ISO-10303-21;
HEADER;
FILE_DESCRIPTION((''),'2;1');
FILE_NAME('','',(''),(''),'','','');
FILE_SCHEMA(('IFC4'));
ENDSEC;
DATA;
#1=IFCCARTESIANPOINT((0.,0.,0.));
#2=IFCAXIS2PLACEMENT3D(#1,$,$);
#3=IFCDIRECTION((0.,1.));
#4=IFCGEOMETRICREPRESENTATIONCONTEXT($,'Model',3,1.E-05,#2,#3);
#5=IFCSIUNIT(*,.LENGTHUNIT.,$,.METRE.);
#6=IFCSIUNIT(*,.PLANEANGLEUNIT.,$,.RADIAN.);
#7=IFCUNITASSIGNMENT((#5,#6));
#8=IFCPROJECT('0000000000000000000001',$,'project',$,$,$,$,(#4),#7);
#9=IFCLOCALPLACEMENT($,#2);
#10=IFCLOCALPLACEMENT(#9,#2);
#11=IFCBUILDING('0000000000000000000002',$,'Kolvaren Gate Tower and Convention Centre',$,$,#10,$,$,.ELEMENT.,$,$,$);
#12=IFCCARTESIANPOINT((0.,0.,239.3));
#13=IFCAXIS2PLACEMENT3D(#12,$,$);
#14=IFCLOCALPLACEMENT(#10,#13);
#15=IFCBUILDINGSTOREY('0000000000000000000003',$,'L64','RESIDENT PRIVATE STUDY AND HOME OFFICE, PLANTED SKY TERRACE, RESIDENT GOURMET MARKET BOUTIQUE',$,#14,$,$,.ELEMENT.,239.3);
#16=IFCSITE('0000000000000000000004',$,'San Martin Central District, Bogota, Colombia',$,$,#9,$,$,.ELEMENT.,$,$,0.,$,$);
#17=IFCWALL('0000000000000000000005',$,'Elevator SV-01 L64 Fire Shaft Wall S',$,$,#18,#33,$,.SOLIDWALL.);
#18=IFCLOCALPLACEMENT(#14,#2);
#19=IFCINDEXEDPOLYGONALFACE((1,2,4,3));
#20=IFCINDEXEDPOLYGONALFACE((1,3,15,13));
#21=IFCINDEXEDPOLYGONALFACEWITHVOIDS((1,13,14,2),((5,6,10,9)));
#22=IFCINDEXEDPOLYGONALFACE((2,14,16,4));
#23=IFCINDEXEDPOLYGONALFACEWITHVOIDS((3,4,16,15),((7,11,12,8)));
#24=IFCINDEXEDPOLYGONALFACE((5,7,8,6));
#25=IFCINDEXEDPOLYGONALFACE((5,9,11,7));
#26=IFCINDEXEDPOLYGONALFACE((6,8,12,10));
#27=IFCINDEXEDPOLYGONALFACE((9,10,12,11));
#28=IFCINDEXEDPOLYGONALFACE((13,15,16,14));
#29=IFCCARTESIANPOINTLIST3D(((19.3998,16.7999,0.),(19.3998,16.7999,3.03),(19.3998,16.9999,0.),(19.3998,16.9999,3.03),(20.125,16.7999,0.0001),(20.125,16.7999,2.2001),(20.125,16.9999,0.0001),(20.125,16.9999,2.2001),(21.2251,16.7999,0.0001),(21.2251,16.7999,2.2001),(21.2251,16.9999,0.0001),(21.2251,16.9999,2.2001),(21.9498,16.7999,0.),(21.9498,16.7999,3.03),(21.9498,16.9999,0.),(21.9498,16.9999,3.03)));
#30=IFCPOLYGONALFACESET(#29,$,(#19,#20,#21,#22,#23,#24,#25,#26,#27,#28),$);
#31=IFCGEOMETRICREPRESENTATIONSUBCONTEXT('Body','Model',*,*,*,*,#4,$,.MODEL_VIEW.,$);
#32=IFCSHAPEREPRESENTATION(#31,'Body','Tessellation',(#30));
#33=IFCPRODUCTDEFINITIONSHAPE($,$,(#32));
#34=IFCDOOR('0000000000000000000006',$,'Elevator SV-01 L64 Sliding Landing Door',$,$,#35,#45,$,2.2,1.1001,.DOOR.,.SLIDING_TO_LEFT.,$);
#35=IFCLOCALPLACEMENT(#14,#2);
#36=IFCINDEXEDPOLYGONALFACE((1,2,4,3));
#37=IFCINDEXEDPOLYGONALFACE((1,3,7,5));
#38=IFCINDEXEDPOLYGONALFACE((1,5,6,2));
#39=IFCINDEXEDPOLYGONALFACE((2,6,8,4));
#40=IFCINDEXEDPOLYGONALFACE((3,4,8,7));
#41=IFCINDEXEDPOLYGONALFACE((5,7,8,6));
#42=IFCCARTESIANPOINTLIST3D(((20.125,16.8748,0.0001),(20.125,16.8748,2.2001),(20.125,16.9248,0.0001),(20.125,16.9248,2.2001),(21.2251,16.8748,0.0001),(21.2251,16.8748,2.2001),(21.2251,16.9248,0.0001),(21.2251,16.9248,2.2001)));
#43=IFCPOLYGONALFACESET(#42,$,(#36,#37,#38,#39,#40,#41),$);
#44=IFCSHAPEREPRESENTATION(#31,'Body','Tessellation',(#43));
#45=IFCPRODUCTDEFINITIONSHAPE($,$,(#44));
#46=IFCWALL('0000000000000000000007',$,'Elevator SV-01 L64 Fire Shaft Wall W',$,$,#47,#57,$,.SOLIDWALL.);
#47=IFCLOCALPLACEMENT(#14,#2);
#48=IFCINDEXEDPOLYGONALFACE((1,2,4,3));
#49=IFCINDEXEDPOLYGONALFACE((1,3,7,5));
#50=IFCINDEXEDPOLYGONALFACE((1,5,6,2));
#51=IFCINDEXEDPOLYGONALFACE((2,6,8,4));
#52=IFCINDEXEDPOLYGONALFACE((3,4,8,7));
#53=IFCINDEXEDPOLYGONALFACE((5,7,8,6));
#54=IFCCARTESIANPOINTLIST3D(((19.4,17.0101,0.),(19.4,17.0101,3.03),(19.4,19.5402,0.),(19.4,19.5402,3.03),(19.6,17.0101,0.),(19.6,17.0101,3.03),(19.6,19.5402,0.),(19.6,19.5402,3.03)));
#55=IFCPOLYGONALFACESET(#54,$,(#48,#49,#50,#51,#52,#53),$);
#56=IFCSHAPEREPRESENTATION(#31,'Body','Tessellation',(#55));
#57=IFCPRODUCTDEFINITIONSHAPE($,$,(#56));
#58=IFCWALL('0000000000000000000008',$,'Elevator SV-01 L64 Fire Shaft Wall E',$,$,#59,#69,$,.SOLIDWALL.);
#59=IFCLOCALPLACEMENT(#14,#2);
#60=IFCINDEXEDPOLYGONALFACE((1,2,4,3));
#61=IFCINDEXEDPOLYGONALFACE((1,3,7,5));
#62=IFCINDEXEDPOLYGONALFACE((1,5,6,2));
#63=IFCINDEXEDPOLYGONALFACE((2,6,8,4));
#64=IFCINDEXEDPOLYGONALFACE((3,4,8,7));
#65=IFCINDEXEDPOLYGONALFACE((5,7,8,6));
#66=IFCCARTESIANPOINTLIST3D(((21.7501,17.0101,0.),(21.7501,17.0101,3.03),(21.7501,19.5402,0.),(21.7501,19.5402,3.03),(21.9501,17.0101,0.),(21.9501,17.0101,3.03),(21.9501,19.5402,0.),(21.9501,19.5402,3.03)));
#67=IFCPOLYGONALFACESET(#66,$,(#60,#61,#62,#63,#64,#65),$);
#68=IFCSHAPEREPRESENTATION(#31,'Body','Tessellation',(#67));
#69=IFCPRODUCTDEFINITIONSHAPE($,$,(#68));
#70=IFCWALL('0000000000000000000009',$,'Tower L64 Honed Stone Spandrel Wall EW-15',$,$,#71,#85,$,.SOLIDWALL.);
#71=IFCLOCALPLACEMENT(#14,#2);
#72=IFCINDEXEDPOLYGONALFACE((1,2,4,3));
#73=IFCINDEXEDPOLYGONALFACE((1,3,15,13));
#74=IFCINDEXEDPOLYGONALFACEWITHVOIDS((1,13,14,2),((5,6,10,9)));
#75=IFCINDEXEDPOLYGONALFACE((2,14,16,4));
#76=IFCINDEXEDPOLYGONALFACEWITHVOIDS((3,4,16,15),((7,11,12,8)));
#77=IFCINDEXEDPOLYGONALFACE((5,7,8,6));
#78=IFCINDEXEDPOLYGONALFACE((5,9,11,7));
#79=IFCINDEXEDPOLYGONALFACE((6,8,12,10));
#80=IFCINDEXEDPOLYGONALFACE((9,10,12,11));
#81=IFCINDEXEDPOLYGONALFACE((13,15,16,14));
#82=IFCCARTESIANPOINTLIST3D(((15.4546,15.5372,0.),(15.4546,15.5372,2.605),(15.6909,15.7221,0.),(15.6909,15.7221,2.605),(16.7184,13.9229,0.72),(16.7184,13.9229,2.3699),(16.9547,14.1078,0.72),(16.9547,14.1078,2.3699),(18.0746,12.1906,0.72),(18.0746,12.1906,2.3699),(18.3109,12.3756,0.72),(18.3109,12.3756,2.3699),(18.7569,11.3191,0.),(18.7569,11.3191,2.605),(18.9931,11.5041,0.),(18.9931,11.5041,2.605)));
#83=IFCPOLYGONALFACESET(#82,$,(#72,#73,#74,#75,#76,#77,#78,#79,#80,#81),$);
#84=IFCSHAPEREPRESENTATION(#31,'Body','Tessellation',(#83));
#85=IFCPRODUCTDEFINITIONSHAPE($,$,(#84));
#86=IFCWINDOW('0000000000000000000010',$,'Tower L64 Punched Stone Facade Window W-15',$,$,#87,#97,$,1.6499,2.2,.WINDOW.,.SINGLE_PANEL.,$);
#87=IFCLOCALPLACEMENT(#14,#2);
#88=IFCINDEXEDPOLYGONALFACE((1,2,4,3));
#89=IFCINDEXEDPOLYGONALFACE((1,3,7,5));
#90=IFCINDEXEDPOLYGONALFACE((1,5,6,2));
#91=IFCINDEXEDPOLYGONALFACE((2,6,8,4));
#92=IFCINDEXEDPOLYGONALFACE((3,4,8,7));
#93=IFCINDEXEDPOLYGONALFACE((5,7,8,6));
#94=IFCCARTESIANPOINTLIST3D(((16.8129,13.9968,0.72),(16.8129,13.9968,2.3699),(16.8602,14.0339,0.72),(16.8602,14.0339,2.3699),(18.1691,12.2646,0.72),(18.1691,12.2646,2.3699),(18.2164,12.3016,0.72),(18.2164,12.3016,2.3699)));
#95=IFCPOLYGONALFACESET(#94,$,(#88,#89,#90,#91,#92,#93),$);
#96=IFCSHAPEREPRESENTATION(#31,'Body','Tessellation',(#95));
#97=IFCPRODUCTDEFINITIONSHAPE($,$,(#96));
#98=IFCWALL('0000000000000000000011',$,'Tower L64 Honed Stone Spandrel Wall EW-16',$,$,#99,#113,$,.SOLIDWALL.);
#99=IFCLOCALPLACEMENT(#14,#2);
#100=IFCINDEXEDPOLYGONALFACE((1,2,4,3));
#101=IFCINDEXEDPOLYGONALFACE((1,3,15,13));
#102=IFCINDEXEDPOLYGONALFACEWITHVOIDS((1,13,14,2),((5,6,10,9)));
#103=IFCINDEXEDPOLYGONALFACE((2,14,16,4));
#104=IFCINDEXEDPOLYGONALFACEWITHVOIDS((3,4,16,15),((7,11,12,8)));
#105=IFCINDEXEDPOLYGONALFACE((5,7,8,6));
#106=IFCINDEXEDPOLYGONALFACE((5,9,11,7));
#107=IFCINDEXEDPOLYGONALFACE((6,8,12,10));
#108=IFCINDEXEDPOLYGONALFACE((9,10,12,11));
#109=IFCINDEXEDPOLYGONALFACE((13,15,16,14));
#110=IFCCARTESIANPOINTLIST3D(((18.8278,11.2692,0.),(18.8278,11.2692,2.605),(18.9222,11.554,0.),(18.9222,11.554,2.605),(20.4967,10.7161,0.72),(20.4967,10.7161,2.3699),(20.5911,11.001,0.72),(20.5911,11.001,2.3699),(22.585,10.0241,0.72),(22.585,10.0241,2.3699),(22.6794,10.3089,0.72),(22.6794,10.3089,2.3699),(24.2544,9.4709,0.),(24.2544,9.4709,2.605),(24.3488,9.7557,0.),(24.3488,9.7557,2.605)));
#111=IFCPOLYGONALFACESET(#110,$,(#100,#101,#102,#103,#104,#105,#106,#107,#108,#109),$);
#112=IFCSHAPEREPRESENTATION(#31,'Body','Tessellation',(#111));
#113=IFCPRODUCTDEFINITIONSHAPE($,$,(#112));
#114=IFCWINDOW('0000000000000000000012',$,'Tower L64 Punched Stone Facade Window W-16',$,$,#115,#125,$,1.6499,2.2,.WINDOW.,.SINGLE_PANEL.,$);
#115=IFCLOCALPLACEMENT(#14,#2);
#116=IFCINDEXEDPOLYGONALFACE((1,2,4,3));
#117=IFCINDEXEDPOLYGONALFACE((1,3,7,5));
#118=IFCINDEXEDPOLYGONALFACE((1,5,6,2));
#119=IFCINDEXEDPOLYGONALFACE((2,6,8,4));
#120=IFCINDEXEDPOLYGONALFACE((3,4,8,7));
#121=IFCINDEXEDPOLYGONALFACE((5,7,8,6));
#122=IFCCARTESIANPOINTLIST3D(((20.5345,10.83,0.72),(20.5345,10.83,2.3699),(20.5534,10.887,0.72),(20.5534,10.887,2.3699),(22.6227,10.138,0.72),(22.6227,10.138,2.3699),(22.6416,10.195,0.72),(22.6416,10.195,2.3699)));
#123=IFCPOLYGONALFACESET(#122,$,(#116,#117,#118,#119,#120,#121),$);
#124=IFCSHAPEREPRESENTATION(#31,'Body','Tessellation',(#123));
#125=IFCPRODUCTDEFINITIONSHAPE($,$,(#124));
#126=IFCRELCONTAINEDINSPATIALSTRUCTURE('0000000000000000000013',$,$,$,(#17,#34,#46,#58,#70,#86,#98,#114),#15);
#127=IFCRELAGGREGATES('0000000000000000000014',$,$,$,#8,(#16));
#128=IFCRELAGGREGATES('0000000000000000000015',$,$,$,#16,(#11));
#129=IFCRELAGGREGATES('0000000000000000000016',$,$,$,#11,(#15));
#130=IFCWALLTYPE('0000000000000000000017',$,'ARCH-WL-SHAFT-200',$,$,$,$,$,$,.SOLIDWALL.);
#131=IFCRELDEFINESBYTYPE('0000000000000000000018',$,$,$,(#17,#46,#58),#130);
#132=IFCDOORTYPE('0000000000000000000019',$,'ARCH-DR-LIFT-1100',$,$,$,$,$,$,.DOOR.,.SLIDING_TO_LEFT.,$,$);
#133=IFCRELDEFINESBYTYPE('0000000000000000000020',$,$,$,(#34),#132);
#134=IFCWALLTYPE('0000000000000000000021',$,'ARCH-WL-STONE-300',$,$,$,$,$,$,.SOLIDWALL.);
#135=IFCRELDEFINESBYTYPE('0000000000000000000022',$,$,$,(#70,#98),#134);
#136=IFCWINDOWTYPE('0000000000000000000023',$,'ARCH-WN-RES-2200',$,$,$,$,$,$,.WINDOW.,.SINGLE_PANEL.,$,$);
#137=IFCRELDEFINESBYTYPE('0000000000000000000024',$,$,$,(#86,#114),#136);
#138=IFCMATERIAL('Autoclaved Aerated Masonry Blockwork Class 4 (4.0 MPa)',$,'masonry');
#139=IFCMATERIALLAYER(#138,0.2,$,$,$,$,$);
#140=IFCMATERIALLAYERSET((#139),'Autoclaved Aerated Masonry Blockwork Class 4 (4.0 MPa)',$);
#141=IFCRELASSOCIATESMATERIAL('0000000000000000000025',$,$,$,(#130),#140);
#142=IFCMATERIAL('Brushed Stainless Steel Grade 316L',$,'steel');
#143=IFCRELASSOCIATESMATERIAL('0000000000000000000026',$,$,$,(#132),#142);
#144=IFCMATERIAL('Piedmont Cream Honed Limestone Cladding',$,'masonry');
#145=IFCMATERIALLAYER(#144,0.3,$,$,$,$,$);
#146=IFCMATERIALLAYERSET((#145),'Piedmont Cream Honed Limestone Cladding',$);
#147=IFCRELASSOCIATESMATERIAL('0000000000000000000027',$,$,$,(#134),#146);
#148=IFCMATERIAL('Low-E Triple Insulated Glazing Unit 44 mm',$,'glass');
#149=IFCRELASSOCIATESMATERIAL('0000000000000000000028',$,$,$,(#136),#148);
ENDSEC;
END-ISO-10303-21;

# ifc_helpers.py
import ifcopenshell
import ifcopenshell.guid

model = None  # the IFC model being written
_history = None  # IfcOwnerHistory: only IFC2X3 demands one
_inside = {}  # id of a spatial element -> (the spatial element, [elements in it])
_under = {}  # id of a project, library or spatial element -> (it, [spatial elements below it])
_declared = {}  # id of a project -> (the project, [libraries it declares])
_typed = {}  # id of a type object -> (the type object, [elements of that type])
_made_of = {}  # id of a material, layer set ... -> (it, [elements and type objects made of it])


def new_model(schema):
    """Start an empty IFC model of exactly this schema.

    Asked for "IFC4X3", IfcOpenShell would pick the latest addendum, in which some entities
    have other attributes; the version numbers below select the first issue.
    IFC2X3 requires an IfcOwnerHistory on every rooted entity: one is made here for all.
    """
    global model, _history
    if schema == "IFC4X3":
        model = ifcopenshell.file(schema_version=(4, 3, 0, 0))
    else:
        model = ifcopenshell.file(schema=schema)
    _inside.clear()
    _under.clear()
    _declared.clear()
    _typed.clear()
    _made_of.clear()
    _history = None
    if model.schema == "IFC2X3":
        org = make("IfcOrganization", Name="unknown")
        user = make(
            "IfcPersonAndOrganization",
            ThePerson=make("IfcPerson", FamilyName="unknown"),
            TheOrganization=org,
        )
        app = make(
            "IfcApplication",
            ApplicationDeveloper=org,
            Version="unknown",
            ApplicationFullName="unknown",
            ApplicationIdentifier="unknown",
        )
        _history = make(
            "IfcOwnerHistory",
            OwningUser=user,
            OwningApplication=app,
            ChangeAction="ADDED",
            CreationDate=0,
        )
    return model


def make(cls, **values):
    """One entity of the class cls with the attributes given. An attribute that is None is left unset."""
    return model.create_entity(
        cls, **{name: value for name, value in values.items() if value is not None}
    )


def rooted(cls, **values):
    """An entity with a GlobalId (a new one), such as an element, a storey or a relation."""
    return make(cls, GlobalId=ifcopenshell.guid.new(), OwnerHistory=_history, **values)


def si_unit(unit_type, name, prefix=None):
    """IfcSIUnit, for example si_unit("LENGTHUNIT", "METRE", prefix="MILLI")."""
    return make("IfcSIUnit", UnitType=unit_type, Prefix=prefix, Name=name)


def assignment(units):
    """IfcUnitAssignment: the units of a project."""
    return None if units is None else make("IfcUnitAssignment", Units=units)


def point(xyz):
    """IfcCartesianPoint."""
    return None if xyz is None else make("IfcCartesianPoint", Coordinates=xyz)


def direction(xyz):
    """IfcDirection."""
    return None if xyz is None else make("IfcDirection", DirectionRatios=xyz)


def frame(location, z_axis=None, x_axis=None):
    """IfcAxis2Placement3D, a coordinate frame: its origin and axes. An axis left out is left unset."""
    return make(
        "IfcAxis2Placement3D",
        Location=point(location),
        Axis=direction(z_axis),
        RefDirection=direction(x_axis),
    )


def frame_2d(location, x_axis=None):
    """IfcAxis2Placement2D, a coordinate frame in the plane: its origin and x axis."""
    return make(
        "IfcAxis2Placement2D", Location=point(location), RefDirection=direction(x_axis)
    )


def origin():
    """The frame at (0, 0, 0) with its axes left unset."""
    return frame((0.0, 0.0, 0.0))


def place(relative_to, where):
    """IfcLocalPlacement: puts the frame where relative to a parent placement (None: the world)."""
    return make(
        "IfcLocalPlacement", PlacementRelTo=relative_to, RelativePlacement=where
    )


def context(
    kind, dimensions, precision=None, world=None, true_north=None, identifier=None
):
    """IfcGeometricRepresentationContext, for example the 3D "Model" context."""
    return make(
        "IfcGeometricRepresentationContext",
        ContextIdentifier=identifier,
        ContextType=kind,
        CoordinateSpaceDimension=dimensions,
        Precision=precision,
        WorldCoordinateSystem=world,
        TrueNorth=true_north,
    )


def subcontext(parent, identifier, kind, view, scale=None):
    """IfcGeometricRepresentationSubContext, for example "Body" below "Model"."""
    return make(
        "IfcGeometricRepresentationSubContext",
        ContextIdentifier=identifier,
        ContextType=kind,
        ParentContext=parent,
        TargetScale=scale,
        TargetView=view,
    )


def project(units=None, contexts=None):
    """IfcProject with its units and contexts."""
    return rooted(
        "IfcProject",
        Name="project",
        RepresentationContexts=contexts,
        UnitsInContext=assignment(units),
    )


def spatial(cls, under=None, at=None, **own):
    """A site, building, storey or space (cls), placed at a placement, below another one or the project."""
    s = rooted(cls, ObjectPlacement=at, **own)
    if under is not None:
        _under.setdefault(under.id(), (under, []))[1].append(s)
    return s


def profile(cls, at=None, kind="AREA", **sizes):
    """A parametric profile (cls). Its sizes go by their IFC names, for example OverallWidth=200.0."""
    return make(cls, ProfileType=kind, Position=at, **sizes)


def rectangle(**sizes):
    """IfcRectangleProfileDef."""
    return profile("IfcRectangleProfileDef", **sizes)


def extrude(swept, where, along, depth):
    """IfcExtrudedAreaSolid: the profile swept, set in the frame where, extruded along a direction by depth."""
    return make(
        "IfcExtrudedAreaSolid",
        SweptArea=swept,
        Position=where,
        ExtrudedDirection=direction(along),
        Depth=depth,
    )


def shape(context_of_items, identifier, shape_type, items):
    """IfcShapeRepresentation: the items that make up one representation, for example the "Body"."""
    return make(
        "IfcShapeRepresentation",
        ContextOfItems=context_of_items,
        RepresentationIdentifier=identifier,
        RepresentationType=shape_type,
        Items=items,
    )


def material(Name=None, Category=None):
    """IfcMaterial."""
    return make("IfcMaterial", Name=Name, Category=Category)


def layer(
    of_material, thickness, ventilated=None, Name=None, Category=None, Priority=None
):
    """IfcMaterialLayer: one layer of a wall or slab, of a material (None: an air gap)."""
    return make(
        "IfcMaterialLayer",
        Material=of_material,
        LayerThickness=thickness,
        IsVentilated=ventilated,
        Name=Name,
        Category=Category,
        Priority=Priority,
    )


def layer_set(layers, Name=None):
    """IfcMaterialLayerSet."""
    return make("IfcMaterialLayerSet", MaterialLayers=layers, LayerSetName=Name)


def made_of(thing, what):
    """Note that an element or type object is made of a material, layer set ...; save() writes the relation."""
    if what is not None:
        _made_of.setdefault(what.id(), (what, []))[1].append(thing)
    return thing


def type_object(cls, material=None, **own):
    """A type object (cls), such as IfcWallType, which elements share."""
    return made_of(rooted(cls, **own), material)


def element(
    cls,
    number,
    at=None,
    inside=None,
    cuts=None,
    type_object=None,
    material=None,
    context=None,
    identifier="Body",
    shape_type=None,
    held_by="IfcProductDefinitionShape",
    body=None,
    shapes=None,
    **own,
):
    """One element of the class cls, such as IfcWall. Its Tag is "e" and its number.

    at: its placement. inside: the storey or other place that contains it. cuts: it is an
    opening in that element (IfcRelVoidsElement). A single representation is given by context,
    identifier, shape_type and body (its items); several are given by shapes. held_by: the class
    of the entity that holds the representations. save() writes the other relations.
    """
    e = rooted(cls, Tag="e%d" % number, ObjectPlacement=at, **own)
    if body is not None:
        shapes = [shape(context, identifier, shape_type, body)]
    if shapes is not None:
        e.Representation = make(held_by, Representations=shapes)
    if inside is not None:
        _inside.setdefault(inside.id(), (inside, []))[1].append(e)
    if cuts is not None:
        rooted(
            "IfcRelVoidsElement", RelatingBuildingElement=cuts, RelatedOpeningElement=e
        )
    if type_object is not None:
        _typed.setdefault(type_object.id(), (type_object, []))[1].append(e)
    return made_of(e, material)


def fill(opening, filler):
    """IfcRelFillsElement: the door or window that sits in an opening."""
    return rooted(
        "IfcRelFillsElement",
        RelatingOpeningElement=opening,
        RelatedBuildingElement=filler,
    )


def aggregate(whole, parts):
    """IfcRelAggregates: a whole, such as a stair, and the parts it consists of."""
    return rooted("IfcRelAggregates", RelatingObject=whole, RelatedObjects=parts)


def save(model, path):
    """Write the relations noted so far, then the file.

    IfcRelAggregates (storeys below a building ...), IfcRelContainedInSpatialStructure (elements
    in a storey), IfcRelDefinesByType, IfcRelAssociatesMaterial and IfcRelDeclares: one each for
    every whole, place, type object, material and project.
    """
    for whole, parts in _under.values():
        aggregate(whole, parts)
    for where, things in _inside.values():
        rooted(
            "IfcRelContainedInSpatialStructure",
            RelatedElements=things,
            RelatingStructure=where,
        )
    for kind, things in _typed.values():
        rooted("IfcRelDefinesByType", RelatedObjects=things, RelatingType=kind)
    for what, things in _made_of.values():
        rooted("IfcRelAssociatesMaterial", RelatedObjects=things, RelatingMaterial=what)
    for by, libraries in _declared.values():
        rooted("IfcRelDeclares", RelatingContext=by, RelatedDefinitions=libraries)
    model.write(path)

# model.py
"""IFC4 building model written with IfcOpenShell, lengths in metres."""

from ifc_helpers import new_model, si_unit, direction, frame, frame_2d, origin, place, context, subcontext, project, spatial, rectangle, extrude, material, layer, layer_set, type_object, element, fill, save


model = new_model("IFC4")

# Units and contexts
model_context = context("Model", 3, precision=1e-05, world=origin(), true_north=direction((0.0, 1.0)))
body_context = subcontext(model_context, "Body", "Model", "MODEL_VIEW")
ifc_project = project(units=[si_unit("LENGTHUNIT", "METRE"), si_unit("PLANEANGLEUNIT", "RADIAN")], contexts=[model_context])

# Site, building, storey
site_placement = place(None, origin())
site = spatial("IfcSite", under=ifc_project, at=site_placement, Name="San Martin Central District, Bogota, Colombia", CompositionType="ELEMENT", RefElevation=0.0)
building_placement = place(site_placement, origin())
building = spatial("IfcBuilding", under=site, at=building_placement, Name="Kolvaren Gate Tower and Convention Centre", CompositionType="ELEMENT")
storey_placement = place(building_placement, frame((0.0, 0.0, 239.3)))
storey = spatial("IfcBuildingStorey", under=building, at=storey_placement, Name="L64", Description="RESIDENT PRIVATE STUDY AND HOME OFFICE, PLANTED SKY TERRACE, RESIDENT GOURMET MARKET BOUTIQUE", CompositionType="ELEMENT", Elevation=239.3)

# Shared definitions
ifc_material_1 = material(Name="Piedmont Cream Honed Limestone Cladding", Category="masonry")

# Wall, opening, door
ifc_material_2 = material(Name="Autoclaved Aerated Masonry Blockwork Class 4 (4.0 MPa)", Category="masonry")
ifc_layer_1 = layer(ifc_material_2, 0.2)
ifc_layer_set_1 = layer_set([ifc_layer_1], Name="Autoclaved Aerated Masonry Blockwork Class 4 (4.0 MPa)")
wall_type_1 = type_object("IfcWallType", Name="ARCH-WL-SHAFT-200", PredefinedType="SOLIDWALL", material=ifc_layer_set_1)
wall_1_placement = place(storey_placement, frame((19.3999, 16.8999, 0.0), z_axis=(0.0, 0.0, 1.0), x_axis=(1.0, 0.0, 0.0)))
wall_1 = element("IfcWall", 1, at=wall_1_placement, inside=storey, type_object=wall_type_1, Name="Elevator SV-01 L64 Fire Shaft Wall S", PredefinedType="SOLIDWALL", context=body_context, shape_type="SweptSolid", body=[
    extrude(rectangle(XDim=2.55, YDim=0.2, at=frame_2d((1.2749, 0.0))), origin(), (0.0, 0.0, 1.0), 3.03),
])
opening_1_placement = place(wall_1_placement, frame((0.7251, 0.0, 0.0)))
opening_1 = element("IfcOpeningElement", 2, at=opening_1_placement, cuts=wall_1, PredefinedType="OPENING", context=body_context, shape_type="SweptSolid", body=[
    extrude(rectangle(XDim=1.1001, YDim=2.2, at=frame_2d((0.55, 1.1001))), frame((0.0, 0.1099, 0.0), z_axis=(0.0, -1.0, 0.0), x_axis=(1.0, 0.0, 0.0)), (0.0, 0.0, 1.0), 0.22),
])
ifc_material_3 = material(Name="Brushed Stainless Steel Grade 316L", Category="steel")
door_type = type_object("IfcDoorType", Name="ARCH-DR-LIFT-1100", OperationType="SLIDING_TO_LEFT", PredefinedType="DOOR", material=ifc_material_3)
door_placement = place(opening_1_placement, origin())
door = element("IfcDoor", 3, at=door_placement, inside=storey, type_object=door_type, Name="Elevator SV-01 L64 Sliding Landing Door", OperationType="SLIDING_TO_LEFT", OverallHeight=2.2, OverallWidth=1.1001, PredefinedType="DOOR", context=body_context, shape_type="SweptSolid", body=[
    extrude(rectangle(XDim=1.1001, YDim=2.2, at=frame_2d((0.55, 1.1001))), frame((0.0, 0.0249, 0.0), z_axis=(0.0, -1.0, 0.0), x_axis=(1.0, 0.0, 0.0)), (0.0, 0.0, 1.0), 0.05),
])
fill(opening_1, door)

# Walls
for number, where, z_axis, x_axis, name in (
    (4, (19.5, 17.01, 0.0), (0.0, 0.0, 1.0), (0.0, 1.0, 0.0), "Elevator SV-01 L64 Fire Shaft Wall W"),
    (5, (21.8501, 17.01, 0.0), (0.0, 0.0, 1.0), (0.0, 1.0, 0.0), "Elevator SV-01 L64 Fire Shaft Wall E"),
):
    element("IfcWall", number, at=place(storey_placement, frame(where, z_axis=z_axis, x_axis=x_axis)), inside=storey, type_object=wall_type_1, Name=name, PredefinedType="SOLIDWALL", context=body_context, shape_type="SweptSolid", body=[
        extrude(rectangle(XDim=2.53, YDim=0.2, at=frame_2d((1.2651, 0.0))), origin(), (0.0, 0.0, 1.0), 3.03),
    ])

# Walls, openings, windows
ifc_layer_2 = layer(ifc_material_1, 0.3)
ifc_layer_set_2 = layer_set([ifc_layer_2], Name="Piedmont Cream Honed Limestone Cladding")
wall_type_2 = type_object("IfcWallType", Name="ARCH-WL-STONE-300", PredefinedType="SOLIDWALL", material=ifc_layer_set_2)
wall_2_placement = place(storey_placement, frame((15.5728, 15.6296, 0.0), z_axis=(0.0, 0.0, 1.0), x_axis=(0.616446, -0.787397, 0.0)))
wall_2 = element("IfcWall", 6, at=wall_2_placement, inside=storey, type_object=wall_type_2, Name="Tower L64 Honed Stone Spandrel Wall EW-15", PredefinedType="SOLIDWALL", context=body_context, shape_type="SweptSolid", body=[
    extrude(rectangle(XDim=5.3569, YDim=0.3, at=frame_2d((2.6785, 0.0))), origin(), (0.0, 0.0, 1.0), 2.605),
])
opening_2_placement = place(wall_2_placement, frame((2.05, 0.0, 0.72)))
opening_2 = element("IfcOpeningElement", 7, at=opening_2_placement, cuts=wall_2, PredefinedType="OPENING", context=body_context, shape_type="SweptSolid", body=[
    extrude(rectangle(XDim=2.2, YDim=1.6499, at=frame_2d((1.1001, 0.825))), frame((0.0, 0.1599, 0.0), z_axis=(0.0, -1.0, 0.0), x_axis=(1.0, 0.0, 0.0)), (0.0, 0.0, 1.0), 0.3201),
])
ifc_material_4 = material(Name="Low-E Triple Insulated Glazing Unit 44 mm", Category="glass")
window_type = type_object("IfcWindowType", Name="ARCH-WN-RES-2200", PartitioningType="SINGLE_PANEL", PredefinedType="WINDOW", material=ifc_material_4)
window_1_placement = place(opening_2_placement, origin())
window_1 = element("IfcWindow", 8, at=window_1_placement, inside=storey, type_object=window_type, Name="Tower L64 Punched Stone Facade Window W-15", OverallHeight=1.6499, OverallWidth=2.2, PartitioningType="SINGLE_PANEL", PredefinedType="WINDOW", context=body_context, shape_type="SweptSolid", body=[
    extrude(rectangle(XDim=2.2, YDim=1.6499, at=frame_2d((1.1001, 0.825))), frame((0.0, 0.03, 0.0), z_axis=(0.0, -1.0, 0.0), x_axis=(1.0, 0.0, 0.0)), (0.0, 0.0, 1.0), 0.0601),
])
fill(opening_2, window_1)
wall_3_placement = place(storey_placement, frame((18.875, 11.4116, 0.0), z_axis=(0.0, 0.0, 1.0), x_axis=(0.949233, -0.314575, 0.0)))
wall_3 = element("IfcWall", 9, at=wall_3_placement, inside=storey, type_object=wall_type_2, Name="Tower L64 Honed Stone Spandrel Wall EW-16", PredefinedType="SOLIDWALL", context=body_context, shape_type="SweptSolid", body=[
    extrude(rectangle(XDim=5.7168, YDim=0.3, at=frame_2d((2.8584, 0.0))), origin(), (0.0, 0.0, 1.0), 2.605),
])
opening_3_placement = place(wall_3_placement, frame((1.7581, 0.0, 0.72)))
opening_3 = element("IfcOpeningElement", 10, at=opening_3_placement, cuts=wall_3, PredefinedType="OPENING", context=body_context, shape_type="SweptSolid", body=[
    extrude(rectangle(XDim=2.2, YDim=1.6499, at=frame_2d((1.1001, 0.825))), frame((0.0, 0.1599, 0.0), z_axis=(0.0, -1.0, 0.0), x_axis=(1.0, 0.0, 0.0)), (0.0, 0.0, 1.0), 0.3201),
])
window_2_placement = place(opening_3_placement, origin())
window_2 = element("IfcWindow", 11, at=window_2_placement, inside=storey, type_object=window_type, Name="Tower L64 Punched Stone Facade Window W-16", OverallHeight=1.6499, OverallWidth=2.2, PartitioningType="SINGLE_PANEL", PredefinedType="WINDOW", context=body_context, shape_type="SweptSolid", body=[
    extrude(rectangle(XDim=2.2, YDim=1.6499, at=frame_2d((1.1001, 0.825))), frame((0.0, 0.03, 0.0), z_axis=(0.0, -1.0, 0.0), x_axis=(1.0, 0.0, 0.0)), (0.0, 0.0, 1.0), 0.0601),
])
fill(opening_3, window_2)

save(model, "model.ifc")
